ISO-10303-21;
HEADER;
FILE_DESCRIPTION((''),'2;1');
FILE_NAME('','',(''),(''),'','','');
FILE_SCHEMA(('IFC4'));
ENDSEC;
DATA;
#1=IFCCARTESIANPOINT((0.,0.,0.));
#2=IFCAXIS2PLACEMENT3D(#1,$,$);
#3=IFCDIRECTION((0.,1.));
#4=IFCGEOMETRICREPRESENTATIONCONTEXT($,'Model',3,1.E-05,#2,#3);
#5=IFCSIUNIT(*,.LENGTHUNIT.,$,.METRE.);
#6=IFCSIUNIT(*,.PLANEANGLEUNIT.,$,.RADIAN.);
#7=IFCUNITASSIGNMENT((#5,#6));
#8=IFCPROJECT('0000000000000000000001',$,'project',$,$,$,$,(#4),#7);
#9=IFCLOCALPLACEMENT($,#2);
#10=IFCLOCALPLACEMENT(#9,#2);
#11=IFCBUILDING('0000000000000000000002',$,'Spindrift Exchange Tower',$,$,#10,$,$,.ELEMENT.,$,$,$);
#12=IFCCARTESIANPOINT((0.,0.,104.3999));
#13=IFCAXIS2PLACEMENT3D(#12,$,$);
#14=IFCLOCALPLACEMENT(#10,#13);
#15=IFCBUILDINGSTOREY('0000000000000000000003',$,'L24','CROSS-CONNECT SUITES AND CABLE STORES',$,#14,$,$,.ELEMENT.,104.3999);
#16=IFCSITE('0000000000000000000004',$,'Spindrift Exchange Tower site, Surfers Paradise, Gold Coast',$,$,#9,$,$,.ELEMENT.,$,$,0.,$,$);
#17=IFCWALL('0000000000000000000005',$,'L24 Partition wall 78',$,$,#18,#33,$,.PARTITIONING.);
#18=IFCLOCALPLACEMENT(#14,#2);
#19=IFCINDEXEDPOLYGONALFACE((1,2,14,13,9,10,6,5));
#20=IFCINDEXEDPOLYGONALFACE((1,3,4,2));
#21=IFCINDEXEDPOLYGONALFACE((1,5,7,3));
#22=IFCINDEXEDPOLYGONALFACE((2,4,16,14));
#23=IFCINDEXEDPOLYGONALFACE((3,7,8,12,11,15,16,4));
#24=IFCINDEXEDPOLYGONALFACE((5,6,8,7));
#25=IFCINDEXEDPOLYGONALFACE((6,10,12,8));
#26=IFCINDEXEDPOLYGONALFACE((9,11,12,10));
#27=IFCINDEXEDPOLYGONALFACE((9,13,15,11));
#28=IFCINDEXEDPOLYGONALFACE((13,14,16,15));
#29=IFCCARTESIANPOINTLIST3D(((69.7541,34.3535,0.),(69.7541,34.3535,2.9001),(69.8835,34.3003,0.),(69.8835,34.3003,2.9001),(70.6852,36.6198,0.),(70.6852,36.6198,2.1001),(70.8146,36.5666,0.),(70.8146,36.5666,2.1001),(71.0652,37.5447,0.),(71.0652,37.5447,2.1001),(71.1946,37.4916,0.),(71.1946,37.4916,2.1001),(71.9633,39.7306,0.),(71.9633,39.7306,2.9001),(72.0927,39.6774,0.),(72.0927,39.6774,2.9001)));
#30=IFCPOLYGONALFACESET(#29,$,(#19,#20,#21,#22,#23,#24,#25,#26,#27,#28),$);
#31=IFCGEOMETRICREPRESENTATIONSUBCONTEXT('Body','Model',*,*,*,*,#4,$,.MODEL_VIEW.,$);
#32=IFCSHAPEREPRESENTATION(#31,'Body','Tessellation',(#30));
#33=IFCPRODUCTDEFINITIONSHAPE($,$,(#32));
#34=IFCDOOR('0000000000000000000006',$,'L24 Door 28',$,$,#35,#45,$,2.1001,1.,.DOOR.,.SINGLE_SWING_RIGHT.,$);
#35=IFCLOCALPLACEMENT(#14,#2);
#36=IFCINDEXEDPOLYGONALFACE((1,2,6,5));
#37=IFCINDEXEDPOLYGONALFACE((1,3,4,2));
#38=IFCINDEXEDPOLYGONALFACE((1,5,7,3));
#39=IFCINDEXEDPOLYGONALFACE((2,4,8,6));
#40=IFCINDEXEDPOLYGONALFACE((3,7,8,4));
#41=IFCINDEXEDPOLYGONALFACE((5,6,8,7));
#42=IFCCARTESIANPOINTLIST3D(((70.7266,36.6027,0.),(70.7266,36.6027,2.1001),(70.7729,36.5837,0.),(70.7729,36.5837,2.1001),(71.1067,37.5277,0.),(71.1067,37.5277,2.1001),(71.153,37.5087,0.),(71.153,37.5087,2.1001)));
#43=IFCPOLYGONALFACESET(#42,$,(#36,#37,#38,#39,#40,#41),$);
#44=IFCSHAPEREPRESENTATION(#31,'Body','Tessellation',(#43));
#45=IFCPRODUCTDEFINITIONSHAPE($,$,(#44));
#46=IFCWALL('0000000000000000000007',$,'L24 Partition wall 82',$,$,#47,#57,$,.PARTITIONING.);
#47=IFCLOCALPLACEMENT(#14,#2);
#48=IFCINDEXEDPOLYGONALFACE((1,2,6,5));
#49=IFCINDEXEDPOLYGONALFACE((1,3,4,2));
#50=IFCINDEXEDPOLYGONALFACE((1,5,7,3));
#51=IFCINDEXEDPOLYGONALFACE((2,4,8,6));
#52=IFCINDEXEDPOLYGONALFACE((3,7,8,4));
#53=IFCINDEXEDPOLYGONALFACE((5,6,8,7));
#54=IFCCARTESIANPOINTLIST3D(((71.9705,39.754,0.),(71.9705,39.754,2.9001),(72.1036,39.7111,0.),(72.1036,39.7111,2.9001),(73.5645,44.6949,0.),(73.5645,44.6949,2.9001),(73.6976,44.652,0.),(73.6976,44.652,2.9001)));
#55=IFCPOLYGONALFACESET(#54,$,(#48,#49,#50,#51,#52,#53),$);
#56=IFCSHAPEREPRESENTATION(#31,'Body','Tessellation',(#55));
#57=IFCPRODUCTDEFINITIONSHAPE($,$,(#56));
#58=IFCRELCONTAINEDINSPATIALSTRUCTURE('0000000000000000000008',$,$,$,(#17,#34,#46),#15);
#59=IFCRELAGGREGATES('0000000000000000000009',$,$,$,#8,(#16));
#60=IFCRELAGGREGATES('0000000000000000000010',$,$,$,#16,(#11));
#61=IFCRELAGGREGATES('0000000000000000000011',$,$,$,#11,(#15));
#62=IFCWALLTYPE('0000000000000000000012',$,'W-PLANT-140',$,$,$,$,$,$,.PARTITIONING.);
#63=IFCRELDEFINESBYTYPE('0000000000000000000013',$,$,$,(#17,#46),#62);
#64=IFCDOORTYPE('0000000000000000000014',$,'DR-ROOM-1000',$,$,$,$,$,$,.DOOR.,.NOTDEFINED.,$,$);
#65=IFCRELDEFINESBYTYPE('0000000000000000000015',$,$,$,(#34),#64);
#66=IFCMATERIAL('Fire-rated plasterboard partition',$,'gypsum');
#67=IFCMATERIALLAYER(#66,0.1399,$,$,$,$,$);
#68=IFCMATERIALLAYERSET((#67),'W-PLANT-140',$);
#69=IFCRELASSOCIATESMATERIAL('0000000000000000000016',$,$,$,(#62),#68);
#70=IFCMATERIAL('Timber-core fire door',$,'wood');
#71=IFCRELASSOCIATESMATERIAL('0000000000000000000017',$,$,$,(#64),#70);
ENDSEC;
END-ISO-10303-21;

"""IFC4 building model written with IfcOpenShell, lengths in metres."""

from ifc_helpers import new_model, si_unit, direction, frame, frame_2d, origin, place, context, subcontext, project, spatial, rectangle, extrude, source, transform, mapped, material, layer, layer_set, type_object, element, fill, save


model = new_model("IFC4")

# Units and contexts
model_context = context("Model", 3, precision=1e-05, world=origin(), true_north=direction((0.0, 1.0)))
body_context = subcontext(model_context, "Body", "Model", "MODEL_VIEW")
ifc_project = project(units=[si_unit("LENGTHUNIT", "METRE"), si_unit("PLANEANGLEUNIT", "RADIAN")], contexts=[model_context])

# Site, building, storey
site_placement = place(None, origin())
site = spatial("IfcSite", under=ifc_project, at=site_placement, Name="Spindrift Exchange Tower site, Surfers Paradise, Gold Coast", CompositionType="ELEMENT", RefElevation=0.0)
building_placement = place(site_placement, origin())
building = spatial("IfcBuilding", under=site, at=building_placement, Name="Spindrift Exchange Tower", CompositionType="ELEMENT")
storey_placement = place(building_placement, frame((0.0, 0.0, 104.3999)))
storey = spatial("IfcBuildingStorey", under=building, at=storey_placement, Name="L24", Description="CROSS-CONNECT SUITES AND CABLE STORES", CompositionType="ELEMENT", Elevation=104.3999)

# Shared definitions
ifc_material_1 = material(Name="Fire-rated plasterboard partition", Category="gypsum")
ifc_layer_1 = layer(ifc_material_1, 0.1399)
ifc_layer_set_1 = layer_set([ifc_layer_1], Name="W-PLANT-140")
wall_type_1 = type_object("IfcWallType", Name="W-PLANT-140", PredefinedType="PARTITIONING", material=ifc_layer_set_1)

# Wall, opening, door
wall_1_placement = place(storey_placement, frame((72.0281, 39.7041, 0.0), z_axis=(0.0, 0.0, 1.0), x_axis=(-0.380042, -0.924969, 0.0)))
wall_1 = element("IfcWall", 1, at=wall_1_placement, inside=storey, type_object=wall_type_1, Name="L24 Partition wall 78", PredefinedType="PARTITIONING", context=body_context, shape_type="SweptSolid", body=[
    extrude(rectangle(XDim=5.8132, YDim=0.1399, at=frame_2d((2.9067, 0.0))), origin(), (0.0, 0.0, 1.0), 2.9001),
])
opening_placement = place(wall_1_placement, frame((2.3633, 0.0, 0.0)))
opening = element("IfcOpeningElement", 2, at=opening_placement, cuts=wall_1, PredefinedType="OPENING", context=body_context, shape_type="SweptSolid", body=[
    extrude(rectangle(XDim=1.0, YDim=2.1001, at=frame_2d((0.5, 1.05))), frame((0.0, 0.0798, 0.0), z_axis=(0.0, -1.0, 0.0), x_axis=(1.0, 0.0, 0.0)), (0.0, 0.0, 1.0), 0.1599),
])
ifc_material_2 = material(Name="Timber-core fire door", Category="wood")
door_type = type_object("IfcDoorType", Name="DR-ROOM-1000", OperationType="NOTDEFINED", PredefinedType="DOOR", material=ifc_material_2)
shared_shape_1 = source(origin(), body_context, "Body", "SweptSolid", [
    extrude(rectangle(XDim=1.0, YDim=2.1001, at=frame_2d((0.5, 1.05))), frame((0.0, 0.0249, 0.0), z_axis=(0.0, -1.0, 0.0), x_axis=(1.0, 0.0, 0.0)), (0.0, 0.0, 1.0), 0.05),
])
door_placement = place(opening_placement, origin())
door = element("IfcDoor", 3, at=door_placement, inside=storey, type_object=door_type, Name="L24 Door 28", OperationType="SINGLE_SWING_RIGHT", OverallHeight=2.1001, OverallWidth=1.0, PredefinedType="DOOR", context=body_context, shape_type="MappedRepresentation", body=[
    mapped(shared_shape_1, transform((0.0, 0.0, 0.0), scale=1.0)),
])
fill(opening, door)

# Wall
wall_2_placement = place(storey_placement, frame((72.0371, 39.7327, 0.0), z_axis=(0.0, 0.0, 1.0), x_axis=(0.307029, 0.9517, 0.0)))
element("IfcWall", 4, at=wall_2_placement, inside=storey, type_object=wall_type_1, Name="L24 Partition wall 82", PredefinedType="PARTITIONING", context=body_context, shape_type="SweptSolid", body=[
    extrude(rectangle(XDim=5.1917, YDim=0.1399, at=frame_2d((2.5957, 0.0))), origin(), (0.0, 0.0, 1.0), 2.9001),
])

save(model, "model.ifc")
